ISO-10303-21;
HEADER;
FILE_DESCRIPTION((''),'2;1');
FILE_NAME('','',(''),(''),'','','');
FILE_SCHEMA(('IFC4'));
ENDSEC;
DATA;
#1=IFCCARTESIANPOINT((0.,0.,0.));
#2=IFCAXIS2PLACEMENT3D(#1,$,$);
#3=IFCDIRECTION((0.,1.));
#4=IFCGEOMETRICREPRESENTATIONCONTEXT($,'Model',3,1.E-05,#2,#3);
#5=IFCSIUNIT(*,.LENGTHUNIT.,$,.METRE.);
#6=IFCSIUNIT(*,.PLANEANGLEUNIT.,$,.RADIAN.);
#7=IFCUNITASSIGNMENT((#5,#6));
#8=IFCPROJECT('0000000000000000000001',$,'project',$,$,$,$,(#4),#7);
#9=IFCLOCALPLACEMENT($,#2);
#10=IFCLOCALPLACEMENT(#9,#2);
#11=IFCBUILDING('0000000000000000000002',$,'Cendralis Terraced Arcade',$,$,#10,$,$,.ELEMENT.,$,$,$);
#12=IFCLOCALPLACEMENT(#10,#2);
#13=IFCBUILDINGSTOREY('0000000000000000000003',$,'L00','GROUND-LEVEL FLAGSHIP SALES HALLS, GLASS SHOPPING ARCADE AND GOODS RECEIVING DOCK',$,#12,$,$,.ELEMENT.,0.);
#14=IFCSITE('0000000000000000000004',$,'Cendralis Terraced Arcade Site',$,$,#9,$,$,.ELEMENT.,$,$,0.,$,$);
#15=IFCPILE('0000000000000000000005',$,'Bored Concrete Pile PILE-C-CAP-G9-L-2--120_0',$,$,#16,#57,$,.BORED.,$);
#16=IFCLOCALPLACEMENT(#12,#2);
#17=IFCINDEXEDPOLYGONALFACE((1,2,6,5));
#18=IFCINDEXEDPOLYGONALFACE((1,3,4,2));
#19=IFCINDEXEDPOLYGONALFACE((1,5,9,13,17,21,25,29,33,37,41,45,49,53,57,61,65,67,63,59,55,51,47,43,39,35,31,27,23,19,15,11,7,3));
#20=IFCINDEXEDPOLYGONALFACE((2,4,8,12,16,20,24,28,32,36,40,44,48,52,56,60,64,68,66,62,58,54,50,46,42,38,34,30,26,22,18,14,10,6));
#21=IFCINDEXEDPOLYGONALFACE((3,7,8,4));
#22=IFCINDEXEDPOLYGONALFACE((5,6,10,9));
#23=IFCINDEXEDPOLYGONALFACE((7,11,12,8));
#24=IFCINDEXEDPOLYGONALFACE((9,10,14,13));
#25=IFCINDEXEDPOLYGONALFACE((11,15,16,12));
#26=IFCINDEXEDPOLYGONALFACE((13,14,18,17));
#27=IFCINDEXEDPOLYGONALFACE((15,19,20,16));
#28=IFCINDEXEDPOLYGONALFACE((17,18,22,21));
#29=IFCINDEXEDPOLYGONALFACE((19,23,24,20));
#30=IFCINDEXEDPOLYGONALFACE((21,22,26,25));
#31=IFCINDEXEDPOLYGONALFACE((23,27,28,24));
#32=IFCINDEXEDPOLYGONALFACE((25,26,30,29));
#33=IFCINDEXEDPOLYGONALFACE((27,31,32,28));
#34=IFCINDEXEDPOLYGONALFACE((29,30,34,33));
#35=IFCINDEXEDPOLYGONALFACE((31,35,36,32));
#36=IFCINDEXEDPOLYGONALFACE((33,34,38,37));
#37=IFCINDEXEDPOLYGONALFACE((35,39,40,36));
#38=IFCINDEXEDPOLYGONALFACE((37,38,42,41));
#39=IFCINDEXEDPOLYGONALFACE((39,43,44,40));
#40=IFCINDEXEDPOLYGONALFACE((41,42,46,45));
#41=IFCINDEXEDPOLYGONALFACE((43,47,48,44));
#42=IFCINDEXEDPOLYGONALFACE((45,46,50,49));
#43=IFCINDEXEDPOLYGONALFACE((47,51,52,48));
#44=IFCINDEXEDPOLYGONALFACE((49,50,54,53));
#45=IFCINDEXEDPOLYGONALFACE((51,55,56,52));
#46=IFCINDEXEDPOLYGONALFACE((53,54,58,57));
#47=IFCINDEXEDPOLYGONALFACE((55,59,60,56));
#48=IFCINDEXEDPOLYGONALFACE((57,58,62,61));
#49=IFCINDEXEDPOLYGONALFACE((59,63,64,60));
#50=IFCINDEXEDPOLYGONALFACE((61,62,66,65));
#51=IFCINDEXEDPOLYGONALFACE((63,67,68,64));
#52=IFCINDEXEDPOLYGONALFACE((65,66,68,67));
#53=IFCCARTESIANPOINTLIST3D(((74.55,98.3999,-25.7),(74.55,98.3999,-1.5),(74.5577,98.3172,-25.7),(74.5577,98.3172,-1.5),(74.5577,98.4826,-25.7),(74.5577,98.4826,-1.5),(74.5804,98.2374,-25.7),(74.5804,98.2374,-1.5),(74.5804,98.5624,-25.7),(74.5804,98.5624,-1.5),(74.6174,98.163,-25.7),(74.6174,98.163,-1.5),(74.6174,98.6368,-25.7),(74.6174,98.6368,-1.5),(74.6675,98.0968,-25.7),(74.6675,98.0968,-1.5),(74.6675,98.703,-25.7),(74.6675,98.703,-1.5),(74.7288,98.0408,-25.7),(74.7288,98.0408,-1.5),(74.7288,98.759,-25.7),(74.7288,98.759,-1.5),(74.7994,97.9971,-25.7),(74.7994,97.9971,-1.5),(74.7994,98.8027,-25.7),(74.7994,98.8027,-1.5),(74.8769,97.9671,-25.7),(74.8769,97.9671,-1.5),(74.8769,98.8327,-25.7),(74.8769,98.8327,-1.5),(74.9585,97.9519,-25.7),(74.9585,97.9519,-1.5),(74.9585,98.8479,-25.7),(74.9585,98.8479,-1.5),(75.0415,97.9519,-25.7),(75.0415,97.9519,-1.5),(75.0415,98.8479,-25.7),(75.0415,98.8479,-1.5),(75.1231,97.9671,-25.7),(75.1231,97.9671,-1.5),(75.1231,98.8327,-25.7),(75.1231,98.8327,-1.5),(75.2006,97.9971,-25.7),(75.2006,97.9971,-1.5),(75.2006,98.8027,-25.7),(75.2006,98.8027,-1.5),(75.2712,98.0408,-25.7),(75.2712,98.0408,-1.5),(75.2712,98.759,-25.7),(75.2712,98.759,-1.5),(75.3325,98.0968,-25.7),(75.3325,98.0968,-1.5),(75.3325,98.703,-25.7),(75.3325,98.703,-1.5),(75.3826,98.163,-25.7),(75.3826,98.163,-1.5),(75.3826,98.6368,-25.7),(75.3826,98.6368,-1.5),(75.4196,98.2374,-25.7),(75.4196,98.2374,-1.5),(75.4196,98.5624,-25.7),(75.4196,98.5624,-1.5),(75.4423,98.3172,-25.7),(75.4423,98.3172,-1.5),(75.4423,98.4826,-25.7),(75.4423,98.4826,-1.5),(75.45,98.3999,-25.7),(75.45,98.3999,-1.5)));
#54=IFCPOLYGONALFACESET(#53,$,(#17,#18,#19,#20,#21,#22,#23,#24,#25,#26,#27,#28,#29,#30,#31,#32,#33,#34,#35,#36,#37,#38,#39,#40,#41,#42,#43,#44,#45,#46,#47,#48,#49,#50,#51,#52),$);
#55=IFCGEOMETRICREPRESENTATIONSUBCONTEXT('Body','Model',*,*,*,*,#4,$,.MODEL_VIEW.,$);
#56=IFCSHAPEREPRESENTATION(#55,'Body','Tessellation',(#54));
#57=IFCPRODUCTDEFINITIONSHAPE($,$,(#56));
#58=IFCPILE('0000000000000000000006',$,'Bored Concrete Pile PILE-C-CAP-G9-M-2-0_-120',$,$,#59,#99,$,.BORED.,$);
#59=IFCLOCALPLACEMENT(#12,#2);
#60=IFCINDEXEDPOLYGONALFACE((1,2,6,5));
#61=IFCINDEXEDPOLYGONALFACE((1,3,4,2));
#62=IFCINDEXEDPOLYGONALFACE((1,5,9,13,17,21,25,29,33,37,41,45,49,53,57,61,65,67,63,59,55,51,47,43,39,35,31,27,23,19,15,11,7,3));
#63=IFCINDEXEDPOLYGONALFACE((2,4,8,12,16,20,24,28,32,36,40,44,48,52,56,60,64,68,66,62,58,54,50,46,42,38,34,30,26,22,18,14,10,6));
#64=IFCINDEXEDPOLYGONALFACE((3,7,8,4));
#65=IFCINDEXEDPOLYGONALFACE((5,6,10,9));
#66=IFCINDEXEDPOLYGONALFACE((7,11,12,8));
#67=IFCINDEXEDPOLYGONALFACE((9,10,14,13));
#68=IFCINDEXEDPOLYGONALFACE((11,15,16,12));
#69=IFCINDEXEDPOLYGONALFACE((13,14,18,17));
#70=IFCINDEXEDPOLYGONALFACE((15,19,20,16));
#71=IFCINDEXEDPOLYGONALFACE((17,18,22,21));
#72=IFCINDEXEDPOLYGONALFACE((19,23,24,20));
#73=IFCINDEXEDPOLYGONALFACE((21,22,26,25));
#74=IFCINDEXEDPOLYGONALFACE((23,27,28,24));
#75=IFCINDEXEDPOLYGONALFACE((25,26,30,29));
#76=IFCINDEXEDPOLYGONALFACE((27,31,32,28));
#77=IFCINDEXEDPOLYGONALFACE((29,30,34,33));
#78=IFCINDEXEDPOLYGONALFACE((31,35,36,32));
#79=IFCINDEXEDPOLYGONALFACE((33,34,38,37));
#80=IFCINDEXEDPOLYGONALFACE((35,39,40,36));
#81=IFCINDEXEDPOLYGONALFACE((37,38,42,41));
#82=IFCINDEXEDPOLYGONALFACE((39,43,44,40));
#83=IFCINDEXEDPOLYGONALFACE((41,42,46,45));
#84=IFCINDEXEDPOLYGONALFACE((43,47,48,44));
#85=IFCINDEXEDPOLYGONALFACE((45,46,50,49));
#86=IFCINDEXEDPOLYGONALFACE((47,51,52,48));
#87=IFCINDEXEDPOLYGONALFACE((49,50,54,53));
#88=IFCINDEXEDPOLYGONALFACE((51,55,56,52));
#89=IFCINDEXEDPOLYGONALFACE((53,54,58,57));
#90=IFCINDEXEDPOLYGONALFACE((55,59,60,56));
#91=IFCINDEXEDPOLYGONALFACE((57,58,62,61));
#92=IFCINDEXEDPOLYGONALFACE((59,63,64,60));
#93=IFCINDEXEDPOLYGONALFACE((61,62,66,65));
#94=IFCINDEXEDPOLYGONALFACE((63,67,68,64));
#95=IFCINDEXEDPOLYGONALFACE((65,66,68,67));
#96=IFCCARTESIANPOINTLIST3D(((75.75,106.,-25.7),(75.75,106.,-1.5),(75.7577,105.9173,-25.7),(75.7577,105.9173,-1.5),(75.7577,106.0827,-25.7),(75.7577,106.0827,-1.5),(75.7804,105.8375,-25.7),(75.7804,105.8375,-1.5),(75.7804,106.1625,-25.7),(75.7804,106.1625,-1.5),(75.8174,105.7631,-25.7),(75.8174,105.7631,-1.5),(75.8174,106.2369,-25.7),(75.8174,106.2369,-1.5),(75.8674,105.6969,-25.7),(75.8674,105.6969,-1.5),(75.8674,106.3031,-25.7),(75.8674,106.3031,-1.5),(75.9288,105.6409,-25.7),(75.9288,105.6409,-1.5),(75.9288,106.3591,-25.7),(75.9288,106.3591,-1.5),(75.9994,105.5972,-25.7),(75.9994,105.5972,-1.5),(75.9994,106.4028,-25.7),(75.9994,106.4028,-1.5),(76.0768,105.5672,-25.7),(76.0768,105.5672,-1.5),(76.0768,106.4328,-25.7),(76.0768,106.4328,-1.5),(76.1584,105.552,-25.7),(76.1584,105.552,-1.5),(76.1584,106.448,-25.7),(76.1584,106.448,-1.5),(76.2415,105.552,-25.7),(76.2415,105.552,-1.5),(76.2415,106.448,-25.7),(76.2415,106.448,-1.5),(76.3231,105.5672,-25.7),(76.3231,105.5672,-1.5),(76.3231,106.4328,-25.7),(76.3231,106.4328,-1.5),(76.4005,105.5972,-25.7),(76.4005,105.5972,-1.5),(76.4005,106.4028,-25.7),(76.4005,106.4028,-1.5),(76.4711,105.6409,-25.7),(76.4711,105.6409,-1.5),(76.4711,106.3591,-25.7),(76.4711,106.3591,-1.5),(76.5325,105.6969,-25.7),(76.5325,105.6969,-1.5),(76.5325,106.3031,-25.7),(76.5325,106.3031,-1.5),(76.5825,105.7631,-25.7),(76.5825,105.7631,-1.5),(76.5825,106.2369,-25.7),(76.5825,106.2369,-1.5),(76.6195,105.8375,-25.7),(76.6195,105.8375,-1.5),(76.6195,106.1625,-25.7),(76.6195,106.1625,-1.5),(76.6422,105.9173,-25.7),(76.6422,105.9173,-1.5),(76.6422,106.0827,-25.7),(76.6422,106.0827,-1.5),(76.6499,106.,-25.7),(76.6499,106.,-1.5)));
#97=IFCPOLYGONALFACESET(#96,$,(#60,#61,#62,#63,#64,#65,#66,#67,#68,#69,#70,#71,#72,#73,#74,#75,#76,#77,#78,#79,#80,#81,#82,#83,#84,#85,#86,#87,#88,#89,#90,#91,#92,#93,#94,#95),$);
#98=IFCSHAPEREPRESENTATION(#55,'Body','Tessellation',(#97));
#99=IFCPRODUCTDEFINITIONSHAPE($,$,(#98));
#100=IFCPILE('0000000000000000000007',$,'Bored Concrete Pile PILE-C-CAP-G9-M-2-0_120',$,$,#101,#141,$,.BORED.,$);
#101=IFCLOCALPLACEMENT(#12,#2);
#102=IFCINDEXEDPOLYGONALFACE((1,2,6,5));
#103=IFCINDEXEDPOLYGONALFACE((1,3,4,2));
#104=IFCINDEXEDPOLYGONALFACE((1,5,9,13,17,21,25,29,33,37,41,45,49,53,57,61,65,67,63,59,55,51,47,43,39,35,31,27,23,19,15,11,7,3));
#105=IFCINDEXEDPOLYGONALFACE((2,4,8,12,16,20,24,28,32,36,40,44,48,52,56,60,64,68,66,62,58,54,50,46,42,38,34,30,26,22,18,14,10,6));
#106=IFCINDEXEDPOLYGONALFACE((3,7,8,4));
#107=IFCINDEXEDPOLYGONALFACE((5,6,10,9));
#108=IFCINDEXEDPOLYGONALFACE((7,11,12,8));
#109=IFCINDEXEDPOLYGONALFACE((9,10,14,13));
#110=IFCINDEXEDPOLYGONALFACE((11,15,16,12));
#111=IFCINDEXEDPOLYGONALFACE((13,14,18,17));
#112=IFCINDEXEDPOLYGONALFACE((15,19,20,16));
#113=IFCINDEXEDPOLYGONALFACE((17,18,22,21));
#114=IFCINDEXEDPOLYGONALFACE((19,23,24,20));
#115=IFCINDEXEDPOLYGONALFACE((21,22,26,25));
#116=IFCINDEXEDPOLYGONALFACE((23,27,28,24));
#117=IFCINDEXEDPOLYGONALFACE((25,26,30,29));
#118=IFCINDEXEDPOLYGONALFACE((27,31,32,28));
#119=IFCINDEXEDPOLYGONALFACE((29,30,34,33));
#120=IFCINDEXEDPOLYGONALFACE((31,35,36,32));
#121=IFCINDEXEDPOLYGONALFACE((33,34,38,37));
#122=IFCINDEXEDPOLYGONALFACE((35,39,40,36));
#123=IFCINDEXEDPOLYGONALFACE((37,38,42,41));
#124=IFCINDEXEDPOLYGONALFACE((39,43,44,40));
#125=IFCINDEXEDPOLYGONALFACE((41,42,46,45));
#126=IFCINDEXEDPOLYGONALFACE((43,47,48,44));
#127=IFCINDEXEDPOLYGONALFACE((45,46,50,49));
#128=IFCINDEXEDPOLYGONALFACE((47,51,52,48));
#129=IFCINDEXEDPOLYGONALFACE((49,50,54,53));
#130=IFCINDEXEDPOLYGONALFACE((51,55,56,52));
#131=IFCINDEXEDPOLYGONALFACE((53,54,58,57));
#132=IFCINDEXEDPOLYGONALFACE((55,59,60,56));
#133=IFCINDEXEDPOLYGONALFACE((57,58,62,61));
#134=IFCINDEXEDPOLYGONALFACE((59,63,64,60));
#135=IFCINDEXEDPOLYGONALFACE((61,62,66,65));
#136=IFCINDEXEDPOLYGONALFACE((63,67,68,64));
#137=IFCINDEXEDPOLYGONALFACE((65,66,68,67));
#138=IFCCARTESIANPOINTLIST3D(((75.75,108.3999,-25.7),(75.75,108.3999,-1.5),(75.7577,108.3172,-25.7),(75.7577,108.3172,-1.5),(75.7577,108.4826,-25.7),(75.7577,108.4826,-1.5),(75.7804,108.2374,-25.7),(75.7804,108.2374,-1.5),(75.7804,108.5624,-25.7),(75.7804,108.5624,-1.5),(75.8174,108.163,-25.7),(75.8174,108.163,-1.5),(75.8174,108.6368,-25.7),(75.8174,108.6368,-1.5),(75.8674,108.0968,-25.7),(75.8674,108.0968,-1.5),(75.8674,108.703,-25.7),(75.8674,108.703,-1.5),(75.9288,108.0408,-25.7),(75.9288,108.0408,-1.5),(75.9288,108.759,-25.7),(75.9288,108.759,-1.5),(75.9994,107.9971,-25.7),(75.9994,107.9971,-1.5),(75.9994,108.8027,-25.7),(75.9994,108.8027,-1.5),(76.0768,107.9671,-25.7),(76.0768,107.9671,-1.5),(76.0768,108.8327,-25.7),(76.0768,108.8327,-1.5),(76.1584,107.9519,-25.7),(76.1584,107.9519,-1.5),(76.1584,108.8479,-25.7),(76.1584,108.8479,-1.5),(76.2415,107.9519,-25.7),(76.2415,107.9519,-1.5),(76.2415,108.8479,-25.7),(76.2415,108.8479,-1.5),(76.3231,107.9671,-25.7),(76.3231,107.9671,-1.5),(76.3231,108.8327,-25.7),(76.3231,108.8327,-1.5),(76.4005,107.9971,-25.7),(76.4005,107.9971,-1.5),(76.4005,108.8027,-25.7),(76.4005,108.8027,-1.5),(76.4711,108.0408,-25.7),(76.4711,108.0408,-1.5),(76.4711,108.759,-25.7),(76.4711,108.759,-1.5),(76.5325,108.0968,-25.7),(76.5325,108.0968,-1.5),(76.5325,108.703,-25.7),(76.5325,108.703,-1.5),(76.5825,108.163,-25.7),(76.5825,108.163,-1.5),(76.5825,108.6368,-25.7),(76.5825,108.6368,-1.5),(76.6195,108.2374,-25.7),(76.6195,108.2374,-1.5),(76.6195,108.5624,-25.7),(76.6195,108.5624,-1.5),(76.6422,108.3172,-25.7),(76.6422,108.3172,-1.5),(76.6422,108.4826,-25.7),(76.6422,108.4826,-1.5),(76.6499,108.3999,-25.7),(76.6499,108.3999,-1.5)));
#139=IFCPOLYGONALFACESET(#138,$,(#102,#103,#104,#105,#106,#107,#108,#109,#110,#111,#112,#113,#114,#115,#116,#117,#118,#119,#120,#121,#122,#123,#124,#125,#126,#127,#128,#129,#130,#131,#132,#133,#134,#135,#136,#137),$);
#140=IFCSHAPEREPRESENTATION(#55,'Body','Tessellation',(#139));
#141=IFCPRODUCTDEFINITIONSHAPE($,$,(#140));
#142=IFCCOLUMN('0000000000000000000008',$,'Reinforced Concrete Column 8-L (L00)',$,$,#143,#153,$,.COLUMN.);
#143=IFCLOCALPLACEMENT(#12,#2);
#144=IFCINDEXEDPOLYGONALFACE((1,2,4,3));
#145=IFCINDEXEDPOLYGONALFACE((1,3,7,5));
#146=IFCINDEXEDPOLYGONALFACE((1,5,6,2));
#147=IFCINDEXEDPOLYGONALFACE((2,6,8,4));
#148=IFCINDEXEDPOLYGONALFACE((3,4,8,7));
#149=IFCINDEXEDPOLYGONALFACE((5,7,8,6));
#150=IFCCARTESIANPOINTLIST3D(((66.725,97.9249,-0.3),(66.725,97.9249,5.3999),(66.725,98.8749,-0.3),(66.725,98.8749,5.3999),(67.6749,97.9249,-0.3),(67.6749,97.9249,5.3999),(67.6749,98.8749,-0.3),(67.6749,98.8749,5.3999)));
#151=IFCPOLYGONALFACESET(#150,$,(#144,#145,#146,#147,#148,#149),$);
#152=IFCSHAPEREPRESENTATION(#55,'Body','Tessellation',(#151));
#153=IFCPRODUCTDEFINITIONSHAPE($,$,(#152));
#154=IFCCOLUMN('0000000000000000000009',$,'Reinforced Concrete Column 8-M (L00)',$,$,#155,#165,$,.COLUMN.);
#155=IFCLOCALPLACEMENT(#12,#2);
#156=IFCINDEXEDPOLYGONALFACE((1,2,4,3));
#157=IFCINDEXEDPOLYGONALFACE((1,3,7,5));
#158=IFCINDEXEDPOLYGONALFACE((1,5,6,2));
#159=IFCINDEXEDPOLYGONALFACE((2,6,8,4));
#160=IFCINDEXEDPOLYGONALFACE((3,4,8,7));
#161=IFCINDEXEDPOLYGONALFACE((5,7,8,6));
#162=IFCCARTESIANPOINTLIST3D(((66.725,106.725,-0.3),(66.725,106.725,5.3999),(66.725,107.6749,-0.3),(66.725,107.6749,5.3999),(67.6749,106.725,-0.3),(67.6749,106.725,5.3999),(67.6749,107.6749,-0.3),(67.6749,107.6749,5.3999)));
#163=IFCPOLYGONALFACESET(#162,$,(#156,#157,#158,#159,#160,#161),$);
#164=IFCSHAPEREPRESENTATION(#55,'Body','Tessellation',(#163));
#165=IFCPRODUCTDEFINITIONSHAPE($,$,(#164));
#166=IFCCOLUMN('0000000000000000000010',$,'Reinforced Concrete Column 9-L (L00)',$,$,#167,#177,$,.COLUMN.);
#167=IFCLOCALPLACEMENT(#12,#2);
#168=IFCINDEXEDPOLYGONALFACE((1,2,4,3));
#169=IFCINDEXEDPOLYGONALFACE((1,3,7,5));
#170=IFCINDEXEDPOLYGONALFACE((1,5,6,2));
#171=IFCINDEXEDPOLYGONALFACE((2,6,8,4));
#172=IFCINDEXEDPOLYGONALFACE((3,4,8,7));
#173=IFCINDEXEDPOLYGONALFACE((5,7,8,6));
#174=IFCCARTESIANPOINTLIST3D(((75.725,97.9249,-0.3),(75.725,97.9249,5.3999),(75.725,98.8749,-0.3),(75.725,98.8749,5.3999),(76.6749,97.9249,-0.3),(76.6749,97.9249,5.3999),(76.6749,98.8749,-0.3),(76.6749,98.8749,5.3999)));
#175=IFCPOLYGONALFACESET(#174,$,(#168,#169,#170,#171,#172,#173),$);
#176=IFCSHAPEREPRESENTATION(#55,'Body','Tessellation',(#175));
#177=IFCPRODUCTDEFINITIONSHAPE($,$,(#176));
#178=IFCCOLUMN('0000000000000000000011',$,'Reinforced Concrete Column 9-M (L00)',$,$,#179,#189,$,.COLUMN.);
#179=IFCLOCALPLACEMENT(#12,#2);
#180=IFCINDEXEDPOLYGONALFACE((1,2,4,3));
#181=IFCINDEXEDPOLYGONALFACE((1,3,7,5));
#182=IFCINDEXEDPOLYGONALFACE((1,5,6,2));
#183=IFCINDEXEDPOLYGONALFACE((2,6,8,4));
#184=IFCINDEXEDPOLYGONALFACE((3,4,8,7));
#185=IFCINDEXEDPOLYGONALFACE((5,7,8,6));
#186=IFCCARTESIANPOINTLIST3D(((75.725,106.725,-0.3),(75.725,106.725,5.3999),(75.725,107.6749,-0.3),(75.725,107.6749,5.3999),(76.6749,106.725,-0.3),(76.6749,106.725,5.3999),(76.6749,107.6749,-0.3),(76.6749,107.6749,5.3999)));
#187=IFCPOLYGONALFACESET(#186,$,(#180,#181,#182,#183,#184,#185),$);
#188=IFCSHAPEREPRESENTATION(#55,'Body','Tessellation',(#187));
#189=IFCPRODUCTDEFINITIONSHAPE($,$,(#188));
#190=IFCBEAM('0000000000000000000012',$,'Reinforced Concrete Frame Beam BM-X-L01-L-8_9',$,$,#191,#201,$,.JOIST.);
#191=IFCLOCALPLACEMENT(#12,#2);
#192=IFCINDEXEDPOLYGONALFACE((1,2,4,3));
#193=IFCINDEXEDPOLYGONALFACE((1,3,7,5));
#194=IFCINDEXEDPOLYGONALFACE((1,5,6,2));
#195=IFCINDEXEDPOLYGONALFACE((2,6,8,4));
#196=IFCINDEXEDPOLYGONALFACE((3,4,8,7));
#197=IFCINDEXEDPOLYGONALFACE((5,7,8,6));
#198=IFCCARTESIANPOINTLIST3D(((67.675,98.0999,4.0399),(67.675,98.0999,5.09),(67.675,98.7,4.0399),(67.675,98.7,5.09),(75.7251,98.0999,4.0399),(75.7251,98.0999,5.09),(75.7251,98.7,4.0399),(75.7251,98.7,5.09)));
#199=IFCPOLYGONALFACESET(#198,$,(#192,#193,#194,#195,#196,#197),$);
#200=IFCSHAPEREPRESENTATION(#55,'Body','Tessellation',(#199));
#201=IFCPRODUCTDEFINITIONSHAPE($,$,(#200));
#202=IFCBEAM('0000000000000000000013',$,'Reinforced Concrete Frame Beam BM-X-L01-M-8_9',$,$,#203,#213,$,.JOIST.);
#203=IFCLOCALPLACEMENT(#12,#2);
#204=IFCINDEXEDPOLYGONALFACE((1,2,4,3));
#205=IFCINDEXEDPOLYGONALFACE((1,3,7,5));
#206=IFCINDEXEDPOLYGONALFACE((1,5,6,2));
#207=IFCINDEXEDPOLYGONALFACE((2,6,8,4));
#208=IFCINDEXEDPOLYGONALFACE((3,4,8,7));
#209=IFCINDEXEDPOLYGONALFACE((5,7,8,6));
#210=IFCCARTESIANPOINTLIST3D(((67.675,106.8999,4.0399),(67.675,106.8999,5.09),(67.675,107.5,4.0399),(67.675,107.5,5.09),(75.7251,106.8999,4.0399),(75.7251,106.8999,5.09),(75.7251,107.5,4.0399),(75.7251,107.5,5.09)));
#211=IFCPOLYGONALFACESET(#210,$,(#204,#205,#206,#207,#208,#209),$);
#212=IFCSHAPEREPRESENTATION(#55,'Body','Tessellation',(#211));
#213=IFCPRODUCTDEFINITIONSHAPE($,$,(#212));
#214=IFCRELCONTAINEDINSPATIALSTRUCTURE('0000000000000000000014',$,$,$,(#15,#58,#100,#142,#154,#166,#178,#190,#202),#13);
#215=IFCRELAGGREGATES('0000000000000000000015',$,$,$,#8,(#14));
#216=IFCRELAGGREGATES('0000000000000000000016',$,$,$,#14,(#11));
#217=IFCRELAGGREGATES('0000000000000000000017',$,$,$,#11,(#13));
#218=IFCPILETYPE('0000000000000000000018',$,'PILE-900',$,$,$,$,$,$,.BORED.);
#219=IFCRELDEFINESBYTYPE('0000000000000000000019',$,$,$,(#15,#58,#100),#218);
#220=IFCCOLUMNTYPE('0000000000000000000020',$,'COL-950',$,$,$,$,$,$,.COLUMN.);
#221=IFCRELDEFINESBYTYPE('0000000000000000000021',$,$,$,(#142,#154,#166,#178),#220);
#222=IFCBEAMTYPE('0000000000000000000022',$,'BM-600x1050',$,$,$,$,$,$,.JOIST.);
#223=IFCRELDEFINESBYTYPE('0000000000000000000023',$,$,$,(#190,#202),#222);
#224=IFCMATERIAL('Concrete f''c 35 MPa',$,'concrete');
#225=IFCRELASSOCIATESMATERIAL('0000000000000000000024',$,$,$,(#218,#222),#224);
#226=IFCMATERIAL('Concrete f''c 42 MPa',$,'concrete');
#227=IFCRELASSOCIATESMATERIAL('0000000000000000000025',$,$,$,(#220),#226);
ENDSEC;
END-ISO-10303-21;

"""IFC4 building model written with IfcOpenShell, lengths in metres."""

from ifc_helpers import new_model, si_unit, direction, frame, origin, origin_2d, place, context, subcontext, project, spatial, rectangle, circle, extrude, material, material_profile, profile_set, type_object, element, save


model = new_model("IFC4")

# Units and contexts
model_context = context("Model", 3, precision=1e-05, world=origin(), true_north=direction((0.0, 1.0)))
body_context = subcontext(model_context, "Body", "Model", "MODEL_VIEW")
ifc_project = project(units=[si_unit("LENGTHUNIT", "METRE"), si_unit("PLANEANGLEUNIT", "RADIAN")], contexts=[model_context])

# Site, building, storey
site_placement = place(None, origin())
site = spatial("IfcSite", under=ifc_project, at=site_placement, Name="Cendralis Terraced Arcade Site", CompositionType="ELEMENT", RefElevation=0.0)
building_placement = place(site_placement, origin())
building = spatial("IfcBuilding", under=site, at=building_placement, Name="Cendralis Terraced Arcade", CompositionType="ELEMENT")
storey_placement = place(building_placement, origin())
storey = spatial("IfcBuildingStorey", under=building, at=storey_placement, Name="L00", Description="GROUND-LEVEL FLAGSHIP SALES HALLS, GLASS SHOPPING ARCADE AND GOODS RECEIVING DOCK", CompositionType="ELEMENT", Elevation=0.0)

# Shared definitions
ifc_material_1 = material(Name="Concrete f'c 35 MPa", Category="concrete")

# Piles
ifc_material_profile_1 = material_profile(ifc_material_1, circle(Radius=0.45, at=origin_2d()), Name="PILE-D900", Category="LoadBearing")
ifc_profile_set_1 = profile_set([ifc_material_profile_1], Name="Concrete f'c 35 MPa")
pile_type = type_object("IfcPileType", Name="PILE-900", PredefinedType="BORED", material=ifc_profile_set_1)
for number, where, z_axis, x_axis, name in (
    (1, (75.0, 98.3999, -1.5), (0.0, 0.0, -1.0), (1.0, 0.0, 0.0), "Bored Concrete Pile PILE-C-CAP-G9-L-2--120_0"),
    (2, (76.2, 106.0, -1.5), (0.0, 0.0, -1.0), (1.0, 0.0, 0.0), "Bored Concrete Pile PILE-C-CAP-G9-M-2-0_-120"),
    (3, (76.2, 108.3999, -1.5), (0.0, 0.0, -1.0), (1.0, 0.0, 0.0), "Bored Concrete Pile PILE-C-CAP-G9-M-2-0_120"),
):
    element("IfcPile", number, at=place(storey_placement, frame(where, z_axis=z_axis, x_axis=x_axis)), inside=storey, type_object=pile_type, Name=name, PredefinedType="BORED", context=body_context, shape_type="SweptSolid", body=[
        extrude(circle(Radius=0.45, at=origin_2d()), origin(), (0.0, 0.0, 1.0), 24.2),
    ])

# Columns
ifc_material_2 = material(Name="Concrete f'c 42 MPa", Category="concrete")
ifc_material_profile_2 = material_profile(ifc_material_2, rectangle(XDim=0.95, YDim=0.95, at=origin_2d()), Name="RC-COL-950x950", Category="LoadBearing")
ifc_profile_set_2 = profile_set([ifc_material_profile_2], Name="Concrete f'c 42 MPa")
column_type = type_object("IfcColumnType", Name="COL-950", PredefinedType="COLUMN", material=ifc_profile_set_2)
for number, where, z_axis, x_axis, name in (
    (4, (67.2, 98.3999, -0.3), (0.0, 0.0, 1.0), (1.0, 0.0, 0.0), "Reinforced Concrete Column 8-L (L00)"),
    (5, (67.2, 107.2, -0.3), (0.0, 0.0, 1.0), (1.0, 0.0, 0.0), "Reinforced Concrete Column 8-M (L00)"),
    (6, (76.2, 98.3999, -0.3), (0.0, 0.0, 1.0), (1.0, 0.0, 0.0), "Reinforced Concrete Column 9-L (L00)"),
    (7, (76.2, 107.2, -0.3), (0.0, 0.0, 1.0), (1.0, 0.0, 0.0), "Reinforced Concrete Column 9-M (L00)"),
):
    element("IfcColumn", number, at=place(storey_placement, frame(where, z_axis=z_axis, x_axis=x_axis)), inside=storey, type_object=column_type, Name=name, PredefinedType="COLUMN", context=body_context, shape_type="SweptSolid", body=[
        extrude(rectangle(XDim=0.95, YDim=0.95, at=origin_2d()), origin(), (0.0, 0.0, 1.0), 5.7),
    ])

# Beams
ifc_material_profile_3 = material_profile(ifc_material_1, rectangle(XDim=0.6001, YDim=1.05, at=origin_2d()), Name="RC-BM-600x1050", Category="LoadBearing")
ifc_profile_set_3 = profile_set([ifc_material_profile_3], Name="Concrete f'c 35 MPa")
beam_type = type_object("IfcBeamType", Name="BM-600x1050", PredefinedType="JOIST", material=ifc_profile_set_3)
for number, where, z_axis, x_axis, name in (
    (8, (67.675, 98.3999, 4.5649), (1.0, 0.0, 0.0), (0.0, 1.0, 0.0), "Reinforced Concrete Frame Beam BM-X-L01-L-8_9"),
    (9, (67.675, 107.2, 4.5649), (1.0, 0.0, 0.0), (0.0, 1.0, 0.0), "Reinforced Concrete Frame Beam BM-X-L01-M-8_9"),
):
    element("IfcBeam", number, at=place(storey_placement, frame(where, z_axis=z_axis, x_axis=x_axis)), inside=storey, type_object=beam_type, Name=name, PredefinedType="JOIST", context=body_context, shape_type="SweptSolid", body=[
        extrude(rectangle(XDim=0.6001, YDim=1.05, at=origin_2d()), origin(), (0.0, 0.0, 1.0), 8.05),
    ])

save(model, "model.ifc")
